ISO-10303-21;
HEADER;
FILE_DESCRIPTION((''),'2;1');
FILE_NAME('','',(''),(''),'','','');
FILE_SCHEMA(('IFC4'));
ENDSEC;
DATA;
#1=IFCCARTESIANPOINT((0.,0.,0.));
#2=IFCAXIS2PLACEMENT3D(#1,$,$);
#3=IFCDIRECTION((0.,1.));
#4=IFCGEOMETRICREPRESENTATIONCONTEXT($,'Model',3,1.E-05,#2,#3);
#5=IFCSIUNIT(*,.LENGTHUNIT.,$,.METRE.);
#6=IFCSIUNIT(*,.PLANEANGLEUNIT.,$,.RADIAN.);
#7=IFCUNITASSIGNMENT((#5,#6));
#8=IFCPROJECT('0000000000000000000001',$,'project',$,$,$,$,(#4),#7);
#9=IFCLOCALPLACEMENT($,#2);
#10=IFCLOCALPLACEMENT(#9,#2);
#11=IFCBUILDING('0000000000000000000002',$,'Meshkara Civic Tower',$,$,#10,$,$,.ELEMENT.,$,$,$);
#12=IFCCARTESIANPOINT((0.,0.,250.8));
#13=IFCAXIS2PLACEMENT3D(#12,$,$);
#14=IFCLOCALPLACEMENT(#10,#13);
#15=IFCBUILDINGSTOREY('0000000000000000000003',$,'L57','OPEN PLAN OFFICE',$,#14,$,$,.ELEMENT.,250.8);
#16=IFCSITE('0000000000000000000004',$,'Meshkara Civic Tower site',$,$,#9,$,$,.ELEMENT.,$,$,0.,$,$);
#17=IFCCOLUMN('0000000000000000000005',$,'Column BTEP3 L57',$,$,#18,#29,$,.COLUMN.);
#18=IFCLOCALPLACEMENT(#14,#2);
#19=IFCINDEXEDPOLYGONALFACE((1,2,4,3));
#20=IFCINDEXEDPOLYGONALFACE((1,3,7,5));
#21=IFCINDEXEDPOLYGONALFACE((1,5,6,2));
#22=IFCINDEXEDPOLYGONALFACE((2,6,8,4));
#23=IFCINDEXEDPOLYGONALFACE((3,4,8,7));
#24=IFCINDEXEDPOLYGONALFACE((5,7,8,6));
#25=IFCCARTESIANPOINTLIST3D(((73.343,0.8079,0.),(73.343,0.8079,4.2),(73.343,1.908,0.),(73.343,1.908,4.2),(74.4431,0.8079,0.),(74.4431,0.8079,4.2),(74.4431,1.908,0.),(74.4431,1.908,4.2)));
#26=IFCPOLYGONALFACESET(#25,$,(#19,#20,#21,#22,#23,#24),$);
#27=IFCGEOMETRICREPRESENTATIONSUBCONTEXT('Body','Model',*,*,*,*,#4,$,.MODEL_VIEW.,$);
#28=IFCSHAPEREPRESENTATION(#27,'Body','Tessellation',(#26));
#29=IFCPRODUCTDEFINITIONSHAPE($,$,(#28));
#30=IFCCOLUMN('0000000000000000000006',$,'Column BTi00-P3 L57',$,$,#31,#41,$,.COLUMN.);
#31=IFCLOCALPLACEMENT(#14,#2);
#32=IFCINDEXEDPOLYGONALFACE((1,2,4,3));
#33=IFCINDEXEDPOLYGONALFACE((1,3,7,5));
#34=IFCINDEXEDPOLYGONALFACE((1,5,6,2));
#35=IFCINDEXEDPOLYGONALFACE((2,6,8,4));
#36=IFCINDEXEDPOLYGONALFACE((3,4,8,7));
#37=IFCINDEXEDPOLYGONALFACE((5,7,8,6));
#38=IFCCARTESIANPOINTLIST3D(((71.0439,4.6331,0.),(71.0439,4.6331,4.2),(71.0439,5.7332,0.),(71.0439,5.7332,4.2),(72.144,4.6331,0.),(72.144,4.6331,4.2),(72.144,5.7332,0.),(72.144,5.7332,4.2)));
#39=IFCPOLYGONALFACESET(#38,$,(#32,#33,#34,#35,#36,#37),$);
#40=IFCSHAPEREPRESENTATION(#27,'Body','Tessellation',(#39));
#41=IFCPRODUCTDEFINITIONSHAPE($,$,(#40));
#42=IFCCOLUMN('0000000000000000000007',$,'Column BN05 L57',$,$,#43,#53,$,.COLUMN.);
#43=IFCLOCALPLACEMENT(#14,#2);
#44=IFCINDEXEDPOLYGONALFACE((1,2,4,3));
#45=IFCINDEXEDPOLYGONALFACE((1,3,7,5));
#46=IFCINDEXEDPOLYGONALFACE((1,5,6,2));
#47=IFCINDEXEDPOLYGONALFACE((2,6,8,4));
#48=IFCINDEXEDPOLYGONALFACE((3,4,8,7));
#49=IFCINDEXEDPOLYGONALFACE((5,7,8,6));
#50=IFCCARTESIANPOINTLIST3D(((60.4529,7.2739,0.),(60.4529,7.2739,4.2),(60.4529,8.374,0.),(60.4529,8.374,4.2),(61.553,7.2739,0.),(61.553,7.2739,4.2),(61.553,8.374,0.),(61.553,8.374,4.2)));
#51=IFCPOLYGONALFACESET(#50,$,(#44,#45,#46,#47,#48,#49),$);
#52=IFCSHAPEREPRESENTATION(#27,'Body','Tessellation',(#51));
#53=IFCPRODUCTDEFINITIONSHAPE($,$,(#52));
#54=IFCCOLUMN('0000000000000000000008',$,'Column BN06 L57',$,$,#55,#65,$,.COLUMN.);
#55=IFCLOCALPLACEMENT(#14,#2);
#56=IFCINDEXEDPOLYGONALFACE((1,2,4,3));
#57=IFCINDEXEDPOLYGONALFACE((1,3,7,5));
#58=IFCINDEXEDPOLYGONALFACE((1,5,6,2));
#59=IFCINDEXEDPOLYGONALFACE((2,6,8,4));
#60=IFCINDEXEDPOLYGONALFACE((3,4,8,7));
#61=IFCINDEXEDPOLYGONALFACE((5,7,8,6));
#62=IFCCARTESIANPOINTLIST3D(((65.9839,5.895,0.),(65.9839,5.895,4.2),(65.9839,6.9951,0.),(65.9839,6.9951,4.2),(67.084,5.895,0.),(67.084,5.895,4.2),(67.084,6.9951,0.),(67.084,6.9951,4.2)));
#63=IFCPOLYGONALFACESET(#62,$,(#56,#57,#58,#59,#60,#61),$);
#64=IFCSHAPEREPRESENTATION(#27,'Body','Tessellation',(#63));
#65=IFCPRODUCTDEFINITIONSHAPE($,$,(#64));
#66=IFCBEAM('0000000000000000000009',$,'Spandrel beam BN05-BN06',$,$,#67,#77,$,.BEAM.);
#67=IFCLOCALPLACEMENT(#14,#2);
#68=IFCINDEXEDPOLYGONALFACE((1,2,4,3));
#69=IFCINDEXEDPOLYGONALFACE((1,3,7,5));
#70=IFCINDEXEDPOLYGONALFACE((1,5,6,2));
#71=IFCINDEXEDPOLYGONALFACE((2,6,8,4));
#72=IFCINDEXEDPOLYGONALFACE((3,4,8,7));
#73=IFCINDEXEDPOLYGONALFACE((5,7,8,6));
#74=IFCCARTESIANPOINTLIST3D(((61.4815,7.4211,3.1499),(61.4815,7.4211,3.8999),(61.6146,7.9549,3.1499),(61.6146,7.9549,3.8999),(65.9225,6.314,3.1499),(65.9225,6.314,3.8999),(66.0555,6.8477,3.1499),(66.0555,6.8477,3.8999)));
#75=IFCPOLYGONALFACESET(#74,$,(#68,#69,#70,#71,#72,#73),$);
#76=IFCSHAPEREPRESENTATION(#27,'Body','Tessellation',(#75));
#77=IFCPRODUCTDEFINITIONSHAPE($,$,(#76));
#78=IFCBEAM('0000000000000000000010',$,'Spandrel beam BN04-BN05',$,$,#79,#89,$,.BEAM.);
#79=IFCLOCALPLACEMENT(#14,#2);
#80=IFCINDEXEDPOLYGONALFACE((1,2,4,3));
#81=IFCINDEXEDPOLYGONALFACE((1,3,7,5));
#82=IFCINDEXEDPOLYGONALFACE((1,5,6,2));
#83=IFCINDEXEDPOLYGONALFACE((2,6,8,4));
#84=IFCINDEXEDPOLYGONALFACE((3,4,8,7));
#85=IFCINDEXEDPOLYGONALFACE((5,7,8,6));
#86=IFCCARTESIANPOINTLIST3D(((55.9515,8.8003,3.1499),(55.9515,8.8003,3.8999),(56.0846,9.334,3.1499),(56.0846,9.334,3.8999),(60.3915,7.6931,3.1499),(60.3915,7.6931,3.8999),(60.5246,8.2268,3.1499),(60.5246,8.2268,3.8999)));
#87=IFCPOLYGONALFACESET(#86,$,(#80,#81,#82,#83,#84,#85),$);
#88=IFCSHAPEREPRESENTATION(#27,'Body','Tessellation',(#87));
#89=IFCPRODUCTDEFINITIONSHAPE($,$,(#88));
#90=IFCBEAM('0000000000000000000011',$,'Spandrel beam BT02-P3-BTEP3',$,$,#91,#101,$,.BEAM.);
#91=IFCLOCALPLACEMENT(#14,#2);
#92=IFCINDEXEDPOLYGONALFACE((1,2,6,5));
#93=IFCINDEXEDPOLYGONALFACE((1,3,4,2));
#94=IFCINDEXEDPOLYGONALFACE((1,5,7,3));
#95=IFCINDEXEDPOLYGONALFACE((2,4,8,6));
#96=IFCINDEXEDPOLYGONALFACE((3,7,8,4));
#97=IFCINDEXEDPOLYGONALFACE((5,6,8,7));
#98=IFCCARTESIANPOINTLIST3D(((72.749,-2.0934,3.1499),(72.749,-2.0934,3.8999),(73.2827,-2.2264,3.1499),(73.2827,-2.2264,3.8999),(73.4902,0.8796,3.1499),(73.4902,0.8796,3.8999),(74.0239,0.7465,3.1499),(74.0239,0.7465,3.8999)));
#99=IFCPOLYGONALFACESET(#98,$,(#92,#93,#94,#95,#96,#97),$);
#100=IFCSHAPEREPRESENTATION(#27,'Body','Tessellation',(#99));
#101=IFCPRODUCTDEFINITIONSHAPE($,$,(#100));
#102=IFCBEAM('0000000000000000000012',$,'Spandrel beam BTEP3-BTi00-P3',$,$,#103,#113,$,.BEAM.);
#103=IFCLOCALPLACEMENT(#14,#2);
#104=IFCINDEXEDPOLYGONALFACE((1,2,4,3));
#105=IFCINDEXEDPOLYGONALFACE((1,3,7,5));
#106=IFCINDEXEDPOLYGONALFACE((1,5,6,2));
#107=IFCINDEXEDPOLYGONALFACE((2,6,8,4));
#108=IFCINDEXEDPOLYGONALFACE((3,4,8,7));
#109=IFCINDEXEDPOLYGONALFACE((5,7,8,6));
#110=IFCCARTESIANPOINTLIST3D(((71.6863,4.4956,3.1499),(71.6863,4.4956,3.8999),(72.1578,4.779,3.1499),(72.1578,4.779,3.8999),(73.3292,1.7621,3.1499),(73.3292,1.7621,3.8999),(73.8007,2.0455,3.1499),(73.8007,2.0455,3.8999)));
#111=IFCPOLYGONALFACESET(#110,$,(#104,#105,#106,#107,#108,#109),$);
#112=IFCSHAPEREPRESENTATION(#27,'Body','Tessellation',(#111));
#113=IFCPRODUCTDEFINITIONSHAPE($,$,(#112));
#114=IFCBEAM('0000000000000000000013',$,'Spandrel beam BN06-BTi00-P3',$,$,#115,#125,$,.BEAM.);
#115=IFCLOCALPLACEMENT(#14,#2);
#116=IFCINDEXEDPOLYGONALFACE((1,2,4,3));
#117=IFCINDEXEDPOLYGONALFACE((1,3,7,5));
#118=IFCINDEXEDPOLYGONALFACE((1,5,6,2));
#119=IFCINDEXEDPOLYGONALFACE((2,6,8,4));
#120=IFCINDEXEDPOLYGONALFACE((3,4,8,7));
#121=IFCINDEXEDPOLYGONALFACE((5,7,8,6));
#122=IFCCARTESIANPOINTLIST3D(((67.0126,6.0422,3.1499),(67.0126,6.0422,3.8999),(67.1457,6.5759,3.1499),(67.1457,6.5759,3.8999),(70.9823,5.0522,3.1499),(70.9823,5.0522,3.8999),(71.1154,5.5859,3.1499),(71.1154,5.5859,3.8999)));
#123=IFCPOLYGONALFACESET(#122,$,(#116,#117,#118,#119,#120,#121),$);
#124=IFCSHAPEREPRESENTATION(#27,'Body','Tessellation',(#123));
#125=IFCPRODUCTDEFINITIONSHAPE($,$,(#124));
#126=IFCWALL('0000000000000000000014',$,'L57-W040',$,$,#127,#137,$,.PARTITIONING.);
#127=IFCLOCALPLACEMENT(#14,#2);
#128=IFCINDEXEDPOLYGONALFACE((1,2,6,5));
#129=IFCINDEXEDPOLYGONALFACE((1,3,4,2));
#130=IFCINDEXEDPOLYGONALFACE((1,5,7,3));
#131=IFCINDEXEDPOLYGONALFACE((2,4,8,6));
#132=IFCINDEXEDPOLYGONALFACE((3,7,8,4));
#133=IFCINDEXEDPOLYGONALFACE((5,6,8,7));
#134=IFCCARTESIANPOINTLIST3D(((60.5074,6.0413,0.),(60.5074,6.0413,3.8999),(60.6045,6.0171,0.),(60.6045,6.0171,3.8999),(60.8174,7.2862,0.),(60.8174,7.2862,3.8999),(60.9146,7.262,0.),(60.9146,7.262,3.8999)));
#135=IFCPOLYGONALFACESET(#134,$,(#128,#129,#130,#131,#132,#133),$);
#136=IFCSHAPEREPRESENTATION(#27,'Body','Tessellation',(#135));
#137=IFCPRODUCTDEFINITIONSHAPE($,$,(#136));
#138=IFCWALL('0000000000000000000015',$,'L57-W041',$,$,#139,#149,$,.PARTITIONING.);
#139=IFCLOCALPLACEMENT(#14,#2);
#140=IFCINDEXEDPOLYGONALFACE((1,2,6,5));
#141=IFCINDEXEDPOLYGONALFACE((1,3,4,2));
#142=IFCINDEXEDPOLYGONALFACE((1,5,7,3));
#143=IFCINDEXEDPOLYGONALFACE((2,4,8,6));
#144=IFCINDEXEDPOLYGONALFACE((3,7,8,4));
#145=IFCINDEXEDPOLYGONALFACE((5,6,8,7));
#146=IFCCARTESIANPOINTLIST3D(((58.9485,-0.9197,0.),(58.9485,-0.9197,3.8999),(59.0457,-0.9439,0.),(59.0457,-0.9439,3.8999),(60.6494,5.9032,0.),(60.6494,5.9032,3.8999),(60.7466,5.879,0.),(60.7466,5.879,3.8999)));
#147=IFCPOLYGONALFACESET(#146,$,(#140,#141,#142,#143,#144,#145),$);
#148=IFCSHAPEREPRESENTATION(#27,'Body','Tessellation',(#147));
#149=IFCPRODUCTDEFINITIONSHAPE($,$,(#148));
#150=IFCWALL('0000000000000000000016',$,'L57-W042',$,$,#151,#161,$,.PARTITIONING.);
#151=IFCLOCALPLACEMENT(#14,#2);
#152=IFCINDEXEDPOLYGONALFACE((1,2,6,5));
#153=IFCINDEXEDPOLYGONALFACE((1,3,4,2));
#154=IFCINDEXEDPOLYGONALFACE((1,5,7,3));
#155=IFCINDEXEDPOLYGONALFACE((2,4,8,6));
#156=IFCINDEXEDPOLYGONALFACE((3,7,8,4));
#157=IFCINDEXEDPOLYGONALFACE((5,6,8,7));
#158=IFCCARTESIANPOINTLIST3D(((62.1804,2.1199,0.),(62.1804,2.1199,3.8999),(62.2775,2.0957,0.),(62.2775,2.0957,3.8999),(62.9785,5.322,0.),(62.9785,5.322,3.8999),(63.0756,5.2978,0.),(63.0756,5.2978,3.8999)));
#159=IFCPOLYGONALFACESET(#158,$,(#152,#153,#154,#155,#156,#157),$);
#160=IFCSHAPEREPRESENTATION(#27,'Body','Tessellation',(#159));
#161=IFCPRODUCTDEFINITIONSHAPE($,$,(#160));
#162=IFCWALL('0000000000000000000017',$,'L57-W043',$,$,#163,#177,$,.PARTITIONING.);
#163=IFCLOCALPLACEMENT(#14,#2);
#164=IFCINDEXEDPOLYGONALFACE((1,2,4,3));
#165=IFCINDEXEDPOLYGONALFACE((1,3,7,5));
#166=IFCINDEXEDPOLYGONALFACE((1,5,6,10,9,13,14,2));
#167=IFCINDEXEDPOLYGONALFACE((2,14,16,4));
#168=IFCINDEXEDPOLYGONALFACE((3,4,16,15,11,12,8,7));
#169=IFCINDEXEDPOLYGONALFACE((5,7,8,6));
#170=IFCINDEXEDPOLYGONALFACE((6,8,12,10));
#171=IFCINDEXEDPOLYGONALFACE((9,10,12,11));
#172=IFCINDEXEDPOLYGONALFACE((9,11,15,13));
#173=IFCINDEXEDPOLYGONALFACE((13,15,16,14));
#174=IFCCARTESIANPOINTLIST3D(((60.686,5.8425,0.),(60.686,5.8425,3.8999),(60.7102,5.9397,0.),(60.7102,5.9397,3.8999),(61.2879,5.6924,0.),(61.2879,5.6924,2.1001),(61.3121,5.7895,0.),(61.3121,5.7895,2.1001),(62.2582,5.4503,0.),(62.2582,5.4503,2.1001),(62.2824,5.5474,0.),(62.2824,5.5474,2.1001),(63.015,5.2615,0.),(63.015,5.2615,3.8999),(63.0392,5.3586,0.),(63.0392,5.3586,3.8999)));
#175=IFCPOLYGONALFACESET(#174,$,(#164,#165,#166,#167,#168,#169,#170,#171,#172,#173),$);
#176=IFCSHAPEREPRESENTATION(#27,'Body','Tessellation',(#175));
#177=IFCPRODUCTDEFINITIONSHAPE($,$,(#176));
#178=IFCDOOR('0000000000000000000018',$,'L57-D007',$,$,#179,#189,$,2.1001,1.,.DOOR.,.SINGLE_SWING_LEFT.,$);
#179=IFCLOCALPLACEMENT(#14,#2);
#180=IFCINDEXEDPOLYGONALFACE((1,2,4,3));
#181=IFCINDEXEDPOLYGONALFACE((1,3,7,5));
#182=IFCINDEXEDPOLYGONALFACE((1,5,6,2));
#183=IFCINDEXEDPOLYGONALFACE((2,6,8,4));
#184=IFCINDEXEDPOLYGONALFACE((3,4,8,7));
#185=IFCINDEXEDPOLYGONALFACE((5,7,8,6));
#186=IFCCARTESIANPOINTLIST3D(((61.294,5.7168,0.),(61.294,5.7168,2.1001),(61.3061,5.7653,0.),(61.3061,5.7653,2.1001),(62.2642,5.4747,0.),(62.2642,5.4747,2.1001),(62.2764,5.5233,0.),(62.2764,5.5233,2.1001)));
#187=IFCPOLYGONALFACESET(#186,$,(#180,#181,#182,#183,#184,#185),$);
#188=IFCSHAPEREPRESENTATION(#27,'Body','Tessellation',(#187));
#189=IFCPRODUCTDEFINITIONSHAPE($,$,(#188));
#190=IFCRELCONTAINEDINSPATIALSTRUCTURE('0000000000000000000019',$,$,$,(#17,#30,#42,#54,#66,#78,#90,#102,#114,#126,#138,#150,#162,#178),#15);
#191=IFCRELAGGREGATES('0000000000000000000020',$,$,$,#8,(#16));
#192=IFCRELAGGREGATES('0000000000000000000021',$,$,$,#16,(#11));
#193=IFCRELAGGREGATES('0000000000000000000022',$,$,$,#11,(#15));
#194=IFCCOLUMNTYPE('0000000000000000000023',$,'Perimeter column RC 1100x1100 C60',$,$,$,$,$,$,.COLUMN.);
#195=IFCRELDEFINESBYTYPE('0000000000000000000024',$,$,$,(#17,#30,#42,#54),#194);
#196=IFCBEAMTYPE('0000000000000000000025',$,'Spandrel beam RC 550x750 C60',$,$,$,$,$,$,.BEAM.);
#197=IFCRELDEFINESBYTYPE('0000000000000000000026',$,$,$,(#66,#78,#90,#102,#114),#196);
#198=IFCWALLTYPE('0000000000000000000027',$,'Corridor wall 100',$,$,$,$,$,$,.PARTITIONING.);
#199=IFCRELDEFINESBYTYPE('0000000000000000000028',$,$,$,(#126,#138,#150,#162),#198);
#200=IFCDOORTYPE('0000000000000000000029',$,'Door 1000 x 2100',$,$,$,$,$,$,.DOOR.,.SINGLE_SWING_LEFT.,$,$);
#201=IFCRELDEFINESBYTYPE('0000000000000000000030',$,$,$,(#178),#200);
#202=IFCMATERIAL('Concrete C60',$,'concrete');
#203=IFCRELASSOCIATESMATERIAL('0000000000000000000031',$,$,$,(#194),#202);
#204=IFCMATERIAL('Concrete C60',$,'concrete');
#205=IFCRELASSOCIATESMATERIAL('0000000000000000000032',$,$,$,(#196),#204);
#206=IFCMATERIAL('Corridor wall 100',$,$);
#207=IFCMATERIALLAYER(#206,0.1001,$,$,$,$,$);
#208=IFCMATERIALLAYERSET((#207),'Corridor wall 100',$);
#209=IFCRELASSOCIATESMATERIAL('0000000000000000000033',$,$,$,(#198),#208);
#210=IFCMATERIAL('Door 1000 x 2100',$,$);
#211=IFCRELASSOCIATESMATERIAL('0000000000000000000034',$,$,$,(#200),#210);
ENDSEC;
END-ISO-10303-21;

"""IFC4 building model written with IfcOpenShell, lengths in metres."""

from ifc_helpers import new_model, si_unit, direction, frame, frame_2d, origin, origin_2d, place, context, subcontext, project, spatial, rectangle, extrude, material, layer, layer_set, material_profile, profile_set, type_object, element, fill, save


model = new_model("IFC4")

# Units and contexts
model_context = context("Model", 3, precision=1e-05, world=origin(), true_north=direction((0.0, 1.0)))
body_context = subcontext(model_context, "Body", "Model", "MODEL_VIEW")
ifc_project = project(units=[si_unit("LENGTHUNIT", "METRE"), si_unit("PLANEANGLEUNIT", "RADIAN")], contexts=[model_context])

# Site, building, storey
site_placement = place(None, origin())
site = spatial("IfcSite", under=ifc_project, at=site_placement, Name="Meshkara Civic Tower site", CompositionType="ELEMENT", RefElevation=0.0)
building_placement = place(site_placement, origin())
building = spatial("IfcBuilding", under=site, at=building_placement, Name="Meshkara Civic Tower", CompositionType="ELEMENT")
storey_placement = place(building_placement, frame((0.0, 0.0, 250.8)))
storey = spatial("IfcBuildingStorey", under=building, at=storey_placement, Name="L57", Description="OPEN PLAN OFFICE", CompositionType="ELEMENT", Elevation=250.8)

# Columns
ifc_material_1 = material(Name="Concrete C60", Category="concrete")
ifc_material_profile_1 = material_profile(ifc_material_1, rectangle(XDim=1.1001, YDim=1.1001, at=origin_2d()))
ifc_profile_set_1 = profile_set([ifc_material_profile_1], Name="Concrete C60")
column_type = type_object("IfcColumnType", Name="Perimeter column RC 1100x1100 C60", PredefinedType="COLUMN", material=ifc_profile_set_1)
for number, where, z_axis, x_axis, name in (
    (1, (73.8931, 1.3579, 0.0), (0.0, 0.0, 1.0), (1.0, 0.0, 0.0), "Column BTEP3 L57"),
    (2, (71.594, 5.1831, 0.0), (0.0, 0.0, 1.0), (1.0, 0.0, 0.0), "Column BTi00-P3 L57"),
    (3, (61.0029, 7.824, 0.0), (0.0, 0.0, 1.0), (1.0, 0.0, 0.0), "Column BN05 L57"),
    (4, (66.5339, 6.4451, 0.0), (0.0, 0.0, 1.0), (1.0, 0.0, 0.0), "Column BN06 L57"),
):
    element("IfcColumn", number, at=place(storey_placement, frame(where, z_axis=z_axis, x_axis=x_axis)), inside=storey, type_object=column_type, Name=name, PredefinedType="COLUMN", context=body_context, shape_type="SweptSolid", body=[
        extrude(rectangle(XDim=1.1001, YDim=1.1001, at=origin_2d()), origin(), (0.0, 0.0, 1.0), 4.2),
    ])

# Beams
ifc_material_2 = material(Name="Concrete C60", Category="concrete")
ifc_material_profile_2 = material_profile(ifc_material_2, rectangle(XDim=0.55, YDim=0.75, at=origin_2d()))
ifc_profile_set_2 = profile_set([ifc_material_profile_2], Name="Concrete C60")
beam_type = type_object("IfcBeamType", Name="Spandrel beam RC 550x750 C60", PredefinedType="BEAM", material=ifc_profile_set_2)
beam_1_placement = place(storey_placement, frame((65.989, 6.5808, 3.5249), z_axis=(-0.970299, 0.241908, 0.0), x_axis=(-0.241908, -0.970299, 0.0)))
element("IfcBeam", 5, at=beam_1_placement, inside=storey, type_object=beam_type, Name="Spandrel beam BN05-BN06", PredefinedType="BEAM", context=body_context, shape_type="SweptSolid", body=[
    extrude(rectangle(XDim=0.55, YDim=0.75, at=origin_2d()), origin(), (0.0, 0.0, 1.0), 4.5769),
])
beam_2_placement = place(storey_placement, frame((60.458, 7.96, 3.5249), z_axis=(-0.970287, 0.241958, 0.0), x_axis=(-0.241958, -0.970287, 0.0)))
element("IfcBeam", 6, at=beam_2_placement, inside=storey, type_object=beam_type, Name="Spandrel beam BN04-BN05", PredefinedType="BEAM", context=body_context, shape_type="SweptSolid", body=[
    extrude(rectangle(XDim=0.55, YDim=0.75, at=origin_2d()), origin(), (0.0, 0.0, 1.0), 4.5759),
])
beam_3_placement = place(storey_placement, frame((73.0159, -2.1599, 3.5249), z_axis=(0.241917, 0.970297, 0.0), x_axis=(-0.970297, 0.241917, 0.0)))
element("IfcBeam", 7, at=beam_3_placement, inside=storey, type_object=beam_type, Name="Spandrel beam BT02-P3-BTEP3", PredefinedType="BEAM", context=body_context, shape_type="SweptSolid", body=[
    extrude(rectangle(XDim=0.55, YDim=0.75, at=origin_2d()), origin(), (0.0, 0.0, 1.0), 3.064),
])
beam_4_placement = place(storey_placement, frame((73.5649, 1.9038, 3.5249), z_axis=(-0.515137, 0.857108, 0.0), x_axis=(-0.857108, -0.515137, 0.0)))
element("IfcBeam", 8, at=beam_4_placement, inside=storey, type_object=beam_type, Name="Spandrel beam BTEP3-BTi00-P3", PredefinedType="BEAM", context=body_context, shape_type="SweptSolid", body=[
    extrude(rectangle(XDim=0.55, YDim=0.75, at=origin_2d()), origin(), (0.0, 0.0, 1.0), 3.1892),
])
beam_5_placement = place(storey_placement, frame((71.0488, 5.3191, 3.5249), z_axis=(-0.970283, 0.241974, 0.0), x_axis=(-0.241974, -0.970283, 0.0)))
element("IfcBeam", 9, at=beam_5_placement, inside=storey, type_object=beam_type, Name="Spandrel beam BN06-BTi00-P3", PredefinedType="BEAM", context=body_context, shape_type="SweptSolid", body=[
    extrude(rectangle(XDim=0.55, YDim=0.75, at=origin_2d()), origin(), (0.0, 0.0, 1.0), 4.0913),
])

# Walls
ifc_material_3 = material(Name="Corridor wall 100")
ifc_layer_1 = layer(ifc_material_3, 0.1001)
ifc_layer_set_1 = layer_set([ifc_layer_1], Name="Corridor wall 100")
wall_type_1 = type_object("IfcWallType", Name="Corridor wall 100", PredefinedType="PARTITIONING", material=ifc_layer_set_1)
wall_1_placement = place(storey_placement, frame((60.5559, 6.0291, 0.0), z_axis=(0.0, 0.0, 1.0), x_axis=(0.241685, 0.970355, 0.0)))
element("IfcWall", 10, at=wall_1_placement, inside=storey, type_object=wall_type_1, Name="L57-W040", PredefinedType="PARTITIONING", context=body_context, shape_type="SweptSolid", body=[
    extrude(rectangle(XDim=1.283, YDim=0.1001, at=frame_2d((0.6416, 0.0))), origin(), (0.0, 0.0, 1.0), 3.8999),
])
wall_2_placement = place(storey_placement, frame((60.698, 5.8911, 0.0), z_axis=(0.0, 0.0, 1.0), x_axis=(-0.24189, -0.970304, 0.0)))
element("IfcWall", 11, at=wall_2_placement, inside=storey, type_object=wall_type_1, Name="L57-W041", PredefinedType="PARTITIONING", context=body_context, shape_type="SweptSolid", body=[
    extrude(rectangle(XDim=7.0317, YDim=0.1001, at=frame_2d((3.5159, 0.0))), origin(), (0.0, 0.0, 1.0), 3.8999),
])
wall_3_placement = place(storey_placement, frame((62.229, 2.1079, 0.0), z_axis=(0.0, 0.0, 1.0), x_axis=(0.241839, 0.970316, 0.0)))
element("IfcWall", 12, at=wall_3_placement, inside=storey, type_object=wall_type_1, Name="L57-W042", PredefinedType="PARTITIONING", context=body_context, shape_type="SweptSolid", body=[
    extrude(rectangle(XDim=3.3, YDim=0.1001, at=frame_2d((1.6499, 0.0))), origin(), (0.0, 0.0, 1.0), 3.8999),
])

# Wall, opening, door
wall_4_placement = place(storey_placement, frame((63.0271, 5.3101, 0.0), z_axis=(0.0, 0.0, 1.0), x_axis=(-0.970262, 0.242057, 0.0)))
wall_4 = element("IfcWall", 13, at=wall_4_placement, inside=storey, type_object=wall_type_1, Name="L57-W043", PredefinedType="PARTITIONING", context=body_context, shape_type="SweptSolid", body=[
    extrude(rectangle(XDim=2.4004, YDim=0.1001, at=frame_2d((1.2002, 0.0))), origin(), (0.0, 0.0, 1.0), 3.8999),
])
opening_1_placement = place(wall_4_placement, frame((0.78, 0.0, 0.0)))
opening_1 = element("IfcOpeningElement", 14, at=opening_1_placement, cuts=wall_4, PredefinedType="OPENING", context=body_context, shape_type="SweptSolid", body=[
    extrude(rectangle(XDim=1.0, YDim=2.1001, at=frame_2d((0.5, 1.05))), frame((0.0, 0.0601, 0.0), z_axis=(0.0, -1.0, 0.0), x_axis=(1.0, 0.0, 0.0)), (0.0, 0.0, 1.0), 0.1201),
])
ifc_material_4 = material(Name="Door 1000 x 2100")
door_type = type_object("IfcDoorType", Name="Door 1000 x 2100", OperationType="SINGLE_SWING_LEFT", PredefinedType="DOOR", material=ifc_material_4)
door_placement = place(opening_1_placement, origin())
door = element("IfcDoor", 15, at=door_placement, inside=storey, type_object=door_type, Name="L57-D007", OperationType="SINGLE_SWING_LEFT", OverallHeight=2.1001, OverallWidth=1.0, PredefinedType="DOOR", context=body_context, shape_type="SweptSolid", body=[
    extrude(rectangle(XDim=1.0, YDim=2.1001, at=frame_2d((0.5, 1.05))), frame((0.0, 0.0249, 0.0), z_axis=(0.0, -1.0, 0.0), x_axis=(1.0, 0.0, 0.0)), (0.0, 0.0, 1.0), 0.05),
])
fill(opening_1, door)

save(model, "model.ifc")
